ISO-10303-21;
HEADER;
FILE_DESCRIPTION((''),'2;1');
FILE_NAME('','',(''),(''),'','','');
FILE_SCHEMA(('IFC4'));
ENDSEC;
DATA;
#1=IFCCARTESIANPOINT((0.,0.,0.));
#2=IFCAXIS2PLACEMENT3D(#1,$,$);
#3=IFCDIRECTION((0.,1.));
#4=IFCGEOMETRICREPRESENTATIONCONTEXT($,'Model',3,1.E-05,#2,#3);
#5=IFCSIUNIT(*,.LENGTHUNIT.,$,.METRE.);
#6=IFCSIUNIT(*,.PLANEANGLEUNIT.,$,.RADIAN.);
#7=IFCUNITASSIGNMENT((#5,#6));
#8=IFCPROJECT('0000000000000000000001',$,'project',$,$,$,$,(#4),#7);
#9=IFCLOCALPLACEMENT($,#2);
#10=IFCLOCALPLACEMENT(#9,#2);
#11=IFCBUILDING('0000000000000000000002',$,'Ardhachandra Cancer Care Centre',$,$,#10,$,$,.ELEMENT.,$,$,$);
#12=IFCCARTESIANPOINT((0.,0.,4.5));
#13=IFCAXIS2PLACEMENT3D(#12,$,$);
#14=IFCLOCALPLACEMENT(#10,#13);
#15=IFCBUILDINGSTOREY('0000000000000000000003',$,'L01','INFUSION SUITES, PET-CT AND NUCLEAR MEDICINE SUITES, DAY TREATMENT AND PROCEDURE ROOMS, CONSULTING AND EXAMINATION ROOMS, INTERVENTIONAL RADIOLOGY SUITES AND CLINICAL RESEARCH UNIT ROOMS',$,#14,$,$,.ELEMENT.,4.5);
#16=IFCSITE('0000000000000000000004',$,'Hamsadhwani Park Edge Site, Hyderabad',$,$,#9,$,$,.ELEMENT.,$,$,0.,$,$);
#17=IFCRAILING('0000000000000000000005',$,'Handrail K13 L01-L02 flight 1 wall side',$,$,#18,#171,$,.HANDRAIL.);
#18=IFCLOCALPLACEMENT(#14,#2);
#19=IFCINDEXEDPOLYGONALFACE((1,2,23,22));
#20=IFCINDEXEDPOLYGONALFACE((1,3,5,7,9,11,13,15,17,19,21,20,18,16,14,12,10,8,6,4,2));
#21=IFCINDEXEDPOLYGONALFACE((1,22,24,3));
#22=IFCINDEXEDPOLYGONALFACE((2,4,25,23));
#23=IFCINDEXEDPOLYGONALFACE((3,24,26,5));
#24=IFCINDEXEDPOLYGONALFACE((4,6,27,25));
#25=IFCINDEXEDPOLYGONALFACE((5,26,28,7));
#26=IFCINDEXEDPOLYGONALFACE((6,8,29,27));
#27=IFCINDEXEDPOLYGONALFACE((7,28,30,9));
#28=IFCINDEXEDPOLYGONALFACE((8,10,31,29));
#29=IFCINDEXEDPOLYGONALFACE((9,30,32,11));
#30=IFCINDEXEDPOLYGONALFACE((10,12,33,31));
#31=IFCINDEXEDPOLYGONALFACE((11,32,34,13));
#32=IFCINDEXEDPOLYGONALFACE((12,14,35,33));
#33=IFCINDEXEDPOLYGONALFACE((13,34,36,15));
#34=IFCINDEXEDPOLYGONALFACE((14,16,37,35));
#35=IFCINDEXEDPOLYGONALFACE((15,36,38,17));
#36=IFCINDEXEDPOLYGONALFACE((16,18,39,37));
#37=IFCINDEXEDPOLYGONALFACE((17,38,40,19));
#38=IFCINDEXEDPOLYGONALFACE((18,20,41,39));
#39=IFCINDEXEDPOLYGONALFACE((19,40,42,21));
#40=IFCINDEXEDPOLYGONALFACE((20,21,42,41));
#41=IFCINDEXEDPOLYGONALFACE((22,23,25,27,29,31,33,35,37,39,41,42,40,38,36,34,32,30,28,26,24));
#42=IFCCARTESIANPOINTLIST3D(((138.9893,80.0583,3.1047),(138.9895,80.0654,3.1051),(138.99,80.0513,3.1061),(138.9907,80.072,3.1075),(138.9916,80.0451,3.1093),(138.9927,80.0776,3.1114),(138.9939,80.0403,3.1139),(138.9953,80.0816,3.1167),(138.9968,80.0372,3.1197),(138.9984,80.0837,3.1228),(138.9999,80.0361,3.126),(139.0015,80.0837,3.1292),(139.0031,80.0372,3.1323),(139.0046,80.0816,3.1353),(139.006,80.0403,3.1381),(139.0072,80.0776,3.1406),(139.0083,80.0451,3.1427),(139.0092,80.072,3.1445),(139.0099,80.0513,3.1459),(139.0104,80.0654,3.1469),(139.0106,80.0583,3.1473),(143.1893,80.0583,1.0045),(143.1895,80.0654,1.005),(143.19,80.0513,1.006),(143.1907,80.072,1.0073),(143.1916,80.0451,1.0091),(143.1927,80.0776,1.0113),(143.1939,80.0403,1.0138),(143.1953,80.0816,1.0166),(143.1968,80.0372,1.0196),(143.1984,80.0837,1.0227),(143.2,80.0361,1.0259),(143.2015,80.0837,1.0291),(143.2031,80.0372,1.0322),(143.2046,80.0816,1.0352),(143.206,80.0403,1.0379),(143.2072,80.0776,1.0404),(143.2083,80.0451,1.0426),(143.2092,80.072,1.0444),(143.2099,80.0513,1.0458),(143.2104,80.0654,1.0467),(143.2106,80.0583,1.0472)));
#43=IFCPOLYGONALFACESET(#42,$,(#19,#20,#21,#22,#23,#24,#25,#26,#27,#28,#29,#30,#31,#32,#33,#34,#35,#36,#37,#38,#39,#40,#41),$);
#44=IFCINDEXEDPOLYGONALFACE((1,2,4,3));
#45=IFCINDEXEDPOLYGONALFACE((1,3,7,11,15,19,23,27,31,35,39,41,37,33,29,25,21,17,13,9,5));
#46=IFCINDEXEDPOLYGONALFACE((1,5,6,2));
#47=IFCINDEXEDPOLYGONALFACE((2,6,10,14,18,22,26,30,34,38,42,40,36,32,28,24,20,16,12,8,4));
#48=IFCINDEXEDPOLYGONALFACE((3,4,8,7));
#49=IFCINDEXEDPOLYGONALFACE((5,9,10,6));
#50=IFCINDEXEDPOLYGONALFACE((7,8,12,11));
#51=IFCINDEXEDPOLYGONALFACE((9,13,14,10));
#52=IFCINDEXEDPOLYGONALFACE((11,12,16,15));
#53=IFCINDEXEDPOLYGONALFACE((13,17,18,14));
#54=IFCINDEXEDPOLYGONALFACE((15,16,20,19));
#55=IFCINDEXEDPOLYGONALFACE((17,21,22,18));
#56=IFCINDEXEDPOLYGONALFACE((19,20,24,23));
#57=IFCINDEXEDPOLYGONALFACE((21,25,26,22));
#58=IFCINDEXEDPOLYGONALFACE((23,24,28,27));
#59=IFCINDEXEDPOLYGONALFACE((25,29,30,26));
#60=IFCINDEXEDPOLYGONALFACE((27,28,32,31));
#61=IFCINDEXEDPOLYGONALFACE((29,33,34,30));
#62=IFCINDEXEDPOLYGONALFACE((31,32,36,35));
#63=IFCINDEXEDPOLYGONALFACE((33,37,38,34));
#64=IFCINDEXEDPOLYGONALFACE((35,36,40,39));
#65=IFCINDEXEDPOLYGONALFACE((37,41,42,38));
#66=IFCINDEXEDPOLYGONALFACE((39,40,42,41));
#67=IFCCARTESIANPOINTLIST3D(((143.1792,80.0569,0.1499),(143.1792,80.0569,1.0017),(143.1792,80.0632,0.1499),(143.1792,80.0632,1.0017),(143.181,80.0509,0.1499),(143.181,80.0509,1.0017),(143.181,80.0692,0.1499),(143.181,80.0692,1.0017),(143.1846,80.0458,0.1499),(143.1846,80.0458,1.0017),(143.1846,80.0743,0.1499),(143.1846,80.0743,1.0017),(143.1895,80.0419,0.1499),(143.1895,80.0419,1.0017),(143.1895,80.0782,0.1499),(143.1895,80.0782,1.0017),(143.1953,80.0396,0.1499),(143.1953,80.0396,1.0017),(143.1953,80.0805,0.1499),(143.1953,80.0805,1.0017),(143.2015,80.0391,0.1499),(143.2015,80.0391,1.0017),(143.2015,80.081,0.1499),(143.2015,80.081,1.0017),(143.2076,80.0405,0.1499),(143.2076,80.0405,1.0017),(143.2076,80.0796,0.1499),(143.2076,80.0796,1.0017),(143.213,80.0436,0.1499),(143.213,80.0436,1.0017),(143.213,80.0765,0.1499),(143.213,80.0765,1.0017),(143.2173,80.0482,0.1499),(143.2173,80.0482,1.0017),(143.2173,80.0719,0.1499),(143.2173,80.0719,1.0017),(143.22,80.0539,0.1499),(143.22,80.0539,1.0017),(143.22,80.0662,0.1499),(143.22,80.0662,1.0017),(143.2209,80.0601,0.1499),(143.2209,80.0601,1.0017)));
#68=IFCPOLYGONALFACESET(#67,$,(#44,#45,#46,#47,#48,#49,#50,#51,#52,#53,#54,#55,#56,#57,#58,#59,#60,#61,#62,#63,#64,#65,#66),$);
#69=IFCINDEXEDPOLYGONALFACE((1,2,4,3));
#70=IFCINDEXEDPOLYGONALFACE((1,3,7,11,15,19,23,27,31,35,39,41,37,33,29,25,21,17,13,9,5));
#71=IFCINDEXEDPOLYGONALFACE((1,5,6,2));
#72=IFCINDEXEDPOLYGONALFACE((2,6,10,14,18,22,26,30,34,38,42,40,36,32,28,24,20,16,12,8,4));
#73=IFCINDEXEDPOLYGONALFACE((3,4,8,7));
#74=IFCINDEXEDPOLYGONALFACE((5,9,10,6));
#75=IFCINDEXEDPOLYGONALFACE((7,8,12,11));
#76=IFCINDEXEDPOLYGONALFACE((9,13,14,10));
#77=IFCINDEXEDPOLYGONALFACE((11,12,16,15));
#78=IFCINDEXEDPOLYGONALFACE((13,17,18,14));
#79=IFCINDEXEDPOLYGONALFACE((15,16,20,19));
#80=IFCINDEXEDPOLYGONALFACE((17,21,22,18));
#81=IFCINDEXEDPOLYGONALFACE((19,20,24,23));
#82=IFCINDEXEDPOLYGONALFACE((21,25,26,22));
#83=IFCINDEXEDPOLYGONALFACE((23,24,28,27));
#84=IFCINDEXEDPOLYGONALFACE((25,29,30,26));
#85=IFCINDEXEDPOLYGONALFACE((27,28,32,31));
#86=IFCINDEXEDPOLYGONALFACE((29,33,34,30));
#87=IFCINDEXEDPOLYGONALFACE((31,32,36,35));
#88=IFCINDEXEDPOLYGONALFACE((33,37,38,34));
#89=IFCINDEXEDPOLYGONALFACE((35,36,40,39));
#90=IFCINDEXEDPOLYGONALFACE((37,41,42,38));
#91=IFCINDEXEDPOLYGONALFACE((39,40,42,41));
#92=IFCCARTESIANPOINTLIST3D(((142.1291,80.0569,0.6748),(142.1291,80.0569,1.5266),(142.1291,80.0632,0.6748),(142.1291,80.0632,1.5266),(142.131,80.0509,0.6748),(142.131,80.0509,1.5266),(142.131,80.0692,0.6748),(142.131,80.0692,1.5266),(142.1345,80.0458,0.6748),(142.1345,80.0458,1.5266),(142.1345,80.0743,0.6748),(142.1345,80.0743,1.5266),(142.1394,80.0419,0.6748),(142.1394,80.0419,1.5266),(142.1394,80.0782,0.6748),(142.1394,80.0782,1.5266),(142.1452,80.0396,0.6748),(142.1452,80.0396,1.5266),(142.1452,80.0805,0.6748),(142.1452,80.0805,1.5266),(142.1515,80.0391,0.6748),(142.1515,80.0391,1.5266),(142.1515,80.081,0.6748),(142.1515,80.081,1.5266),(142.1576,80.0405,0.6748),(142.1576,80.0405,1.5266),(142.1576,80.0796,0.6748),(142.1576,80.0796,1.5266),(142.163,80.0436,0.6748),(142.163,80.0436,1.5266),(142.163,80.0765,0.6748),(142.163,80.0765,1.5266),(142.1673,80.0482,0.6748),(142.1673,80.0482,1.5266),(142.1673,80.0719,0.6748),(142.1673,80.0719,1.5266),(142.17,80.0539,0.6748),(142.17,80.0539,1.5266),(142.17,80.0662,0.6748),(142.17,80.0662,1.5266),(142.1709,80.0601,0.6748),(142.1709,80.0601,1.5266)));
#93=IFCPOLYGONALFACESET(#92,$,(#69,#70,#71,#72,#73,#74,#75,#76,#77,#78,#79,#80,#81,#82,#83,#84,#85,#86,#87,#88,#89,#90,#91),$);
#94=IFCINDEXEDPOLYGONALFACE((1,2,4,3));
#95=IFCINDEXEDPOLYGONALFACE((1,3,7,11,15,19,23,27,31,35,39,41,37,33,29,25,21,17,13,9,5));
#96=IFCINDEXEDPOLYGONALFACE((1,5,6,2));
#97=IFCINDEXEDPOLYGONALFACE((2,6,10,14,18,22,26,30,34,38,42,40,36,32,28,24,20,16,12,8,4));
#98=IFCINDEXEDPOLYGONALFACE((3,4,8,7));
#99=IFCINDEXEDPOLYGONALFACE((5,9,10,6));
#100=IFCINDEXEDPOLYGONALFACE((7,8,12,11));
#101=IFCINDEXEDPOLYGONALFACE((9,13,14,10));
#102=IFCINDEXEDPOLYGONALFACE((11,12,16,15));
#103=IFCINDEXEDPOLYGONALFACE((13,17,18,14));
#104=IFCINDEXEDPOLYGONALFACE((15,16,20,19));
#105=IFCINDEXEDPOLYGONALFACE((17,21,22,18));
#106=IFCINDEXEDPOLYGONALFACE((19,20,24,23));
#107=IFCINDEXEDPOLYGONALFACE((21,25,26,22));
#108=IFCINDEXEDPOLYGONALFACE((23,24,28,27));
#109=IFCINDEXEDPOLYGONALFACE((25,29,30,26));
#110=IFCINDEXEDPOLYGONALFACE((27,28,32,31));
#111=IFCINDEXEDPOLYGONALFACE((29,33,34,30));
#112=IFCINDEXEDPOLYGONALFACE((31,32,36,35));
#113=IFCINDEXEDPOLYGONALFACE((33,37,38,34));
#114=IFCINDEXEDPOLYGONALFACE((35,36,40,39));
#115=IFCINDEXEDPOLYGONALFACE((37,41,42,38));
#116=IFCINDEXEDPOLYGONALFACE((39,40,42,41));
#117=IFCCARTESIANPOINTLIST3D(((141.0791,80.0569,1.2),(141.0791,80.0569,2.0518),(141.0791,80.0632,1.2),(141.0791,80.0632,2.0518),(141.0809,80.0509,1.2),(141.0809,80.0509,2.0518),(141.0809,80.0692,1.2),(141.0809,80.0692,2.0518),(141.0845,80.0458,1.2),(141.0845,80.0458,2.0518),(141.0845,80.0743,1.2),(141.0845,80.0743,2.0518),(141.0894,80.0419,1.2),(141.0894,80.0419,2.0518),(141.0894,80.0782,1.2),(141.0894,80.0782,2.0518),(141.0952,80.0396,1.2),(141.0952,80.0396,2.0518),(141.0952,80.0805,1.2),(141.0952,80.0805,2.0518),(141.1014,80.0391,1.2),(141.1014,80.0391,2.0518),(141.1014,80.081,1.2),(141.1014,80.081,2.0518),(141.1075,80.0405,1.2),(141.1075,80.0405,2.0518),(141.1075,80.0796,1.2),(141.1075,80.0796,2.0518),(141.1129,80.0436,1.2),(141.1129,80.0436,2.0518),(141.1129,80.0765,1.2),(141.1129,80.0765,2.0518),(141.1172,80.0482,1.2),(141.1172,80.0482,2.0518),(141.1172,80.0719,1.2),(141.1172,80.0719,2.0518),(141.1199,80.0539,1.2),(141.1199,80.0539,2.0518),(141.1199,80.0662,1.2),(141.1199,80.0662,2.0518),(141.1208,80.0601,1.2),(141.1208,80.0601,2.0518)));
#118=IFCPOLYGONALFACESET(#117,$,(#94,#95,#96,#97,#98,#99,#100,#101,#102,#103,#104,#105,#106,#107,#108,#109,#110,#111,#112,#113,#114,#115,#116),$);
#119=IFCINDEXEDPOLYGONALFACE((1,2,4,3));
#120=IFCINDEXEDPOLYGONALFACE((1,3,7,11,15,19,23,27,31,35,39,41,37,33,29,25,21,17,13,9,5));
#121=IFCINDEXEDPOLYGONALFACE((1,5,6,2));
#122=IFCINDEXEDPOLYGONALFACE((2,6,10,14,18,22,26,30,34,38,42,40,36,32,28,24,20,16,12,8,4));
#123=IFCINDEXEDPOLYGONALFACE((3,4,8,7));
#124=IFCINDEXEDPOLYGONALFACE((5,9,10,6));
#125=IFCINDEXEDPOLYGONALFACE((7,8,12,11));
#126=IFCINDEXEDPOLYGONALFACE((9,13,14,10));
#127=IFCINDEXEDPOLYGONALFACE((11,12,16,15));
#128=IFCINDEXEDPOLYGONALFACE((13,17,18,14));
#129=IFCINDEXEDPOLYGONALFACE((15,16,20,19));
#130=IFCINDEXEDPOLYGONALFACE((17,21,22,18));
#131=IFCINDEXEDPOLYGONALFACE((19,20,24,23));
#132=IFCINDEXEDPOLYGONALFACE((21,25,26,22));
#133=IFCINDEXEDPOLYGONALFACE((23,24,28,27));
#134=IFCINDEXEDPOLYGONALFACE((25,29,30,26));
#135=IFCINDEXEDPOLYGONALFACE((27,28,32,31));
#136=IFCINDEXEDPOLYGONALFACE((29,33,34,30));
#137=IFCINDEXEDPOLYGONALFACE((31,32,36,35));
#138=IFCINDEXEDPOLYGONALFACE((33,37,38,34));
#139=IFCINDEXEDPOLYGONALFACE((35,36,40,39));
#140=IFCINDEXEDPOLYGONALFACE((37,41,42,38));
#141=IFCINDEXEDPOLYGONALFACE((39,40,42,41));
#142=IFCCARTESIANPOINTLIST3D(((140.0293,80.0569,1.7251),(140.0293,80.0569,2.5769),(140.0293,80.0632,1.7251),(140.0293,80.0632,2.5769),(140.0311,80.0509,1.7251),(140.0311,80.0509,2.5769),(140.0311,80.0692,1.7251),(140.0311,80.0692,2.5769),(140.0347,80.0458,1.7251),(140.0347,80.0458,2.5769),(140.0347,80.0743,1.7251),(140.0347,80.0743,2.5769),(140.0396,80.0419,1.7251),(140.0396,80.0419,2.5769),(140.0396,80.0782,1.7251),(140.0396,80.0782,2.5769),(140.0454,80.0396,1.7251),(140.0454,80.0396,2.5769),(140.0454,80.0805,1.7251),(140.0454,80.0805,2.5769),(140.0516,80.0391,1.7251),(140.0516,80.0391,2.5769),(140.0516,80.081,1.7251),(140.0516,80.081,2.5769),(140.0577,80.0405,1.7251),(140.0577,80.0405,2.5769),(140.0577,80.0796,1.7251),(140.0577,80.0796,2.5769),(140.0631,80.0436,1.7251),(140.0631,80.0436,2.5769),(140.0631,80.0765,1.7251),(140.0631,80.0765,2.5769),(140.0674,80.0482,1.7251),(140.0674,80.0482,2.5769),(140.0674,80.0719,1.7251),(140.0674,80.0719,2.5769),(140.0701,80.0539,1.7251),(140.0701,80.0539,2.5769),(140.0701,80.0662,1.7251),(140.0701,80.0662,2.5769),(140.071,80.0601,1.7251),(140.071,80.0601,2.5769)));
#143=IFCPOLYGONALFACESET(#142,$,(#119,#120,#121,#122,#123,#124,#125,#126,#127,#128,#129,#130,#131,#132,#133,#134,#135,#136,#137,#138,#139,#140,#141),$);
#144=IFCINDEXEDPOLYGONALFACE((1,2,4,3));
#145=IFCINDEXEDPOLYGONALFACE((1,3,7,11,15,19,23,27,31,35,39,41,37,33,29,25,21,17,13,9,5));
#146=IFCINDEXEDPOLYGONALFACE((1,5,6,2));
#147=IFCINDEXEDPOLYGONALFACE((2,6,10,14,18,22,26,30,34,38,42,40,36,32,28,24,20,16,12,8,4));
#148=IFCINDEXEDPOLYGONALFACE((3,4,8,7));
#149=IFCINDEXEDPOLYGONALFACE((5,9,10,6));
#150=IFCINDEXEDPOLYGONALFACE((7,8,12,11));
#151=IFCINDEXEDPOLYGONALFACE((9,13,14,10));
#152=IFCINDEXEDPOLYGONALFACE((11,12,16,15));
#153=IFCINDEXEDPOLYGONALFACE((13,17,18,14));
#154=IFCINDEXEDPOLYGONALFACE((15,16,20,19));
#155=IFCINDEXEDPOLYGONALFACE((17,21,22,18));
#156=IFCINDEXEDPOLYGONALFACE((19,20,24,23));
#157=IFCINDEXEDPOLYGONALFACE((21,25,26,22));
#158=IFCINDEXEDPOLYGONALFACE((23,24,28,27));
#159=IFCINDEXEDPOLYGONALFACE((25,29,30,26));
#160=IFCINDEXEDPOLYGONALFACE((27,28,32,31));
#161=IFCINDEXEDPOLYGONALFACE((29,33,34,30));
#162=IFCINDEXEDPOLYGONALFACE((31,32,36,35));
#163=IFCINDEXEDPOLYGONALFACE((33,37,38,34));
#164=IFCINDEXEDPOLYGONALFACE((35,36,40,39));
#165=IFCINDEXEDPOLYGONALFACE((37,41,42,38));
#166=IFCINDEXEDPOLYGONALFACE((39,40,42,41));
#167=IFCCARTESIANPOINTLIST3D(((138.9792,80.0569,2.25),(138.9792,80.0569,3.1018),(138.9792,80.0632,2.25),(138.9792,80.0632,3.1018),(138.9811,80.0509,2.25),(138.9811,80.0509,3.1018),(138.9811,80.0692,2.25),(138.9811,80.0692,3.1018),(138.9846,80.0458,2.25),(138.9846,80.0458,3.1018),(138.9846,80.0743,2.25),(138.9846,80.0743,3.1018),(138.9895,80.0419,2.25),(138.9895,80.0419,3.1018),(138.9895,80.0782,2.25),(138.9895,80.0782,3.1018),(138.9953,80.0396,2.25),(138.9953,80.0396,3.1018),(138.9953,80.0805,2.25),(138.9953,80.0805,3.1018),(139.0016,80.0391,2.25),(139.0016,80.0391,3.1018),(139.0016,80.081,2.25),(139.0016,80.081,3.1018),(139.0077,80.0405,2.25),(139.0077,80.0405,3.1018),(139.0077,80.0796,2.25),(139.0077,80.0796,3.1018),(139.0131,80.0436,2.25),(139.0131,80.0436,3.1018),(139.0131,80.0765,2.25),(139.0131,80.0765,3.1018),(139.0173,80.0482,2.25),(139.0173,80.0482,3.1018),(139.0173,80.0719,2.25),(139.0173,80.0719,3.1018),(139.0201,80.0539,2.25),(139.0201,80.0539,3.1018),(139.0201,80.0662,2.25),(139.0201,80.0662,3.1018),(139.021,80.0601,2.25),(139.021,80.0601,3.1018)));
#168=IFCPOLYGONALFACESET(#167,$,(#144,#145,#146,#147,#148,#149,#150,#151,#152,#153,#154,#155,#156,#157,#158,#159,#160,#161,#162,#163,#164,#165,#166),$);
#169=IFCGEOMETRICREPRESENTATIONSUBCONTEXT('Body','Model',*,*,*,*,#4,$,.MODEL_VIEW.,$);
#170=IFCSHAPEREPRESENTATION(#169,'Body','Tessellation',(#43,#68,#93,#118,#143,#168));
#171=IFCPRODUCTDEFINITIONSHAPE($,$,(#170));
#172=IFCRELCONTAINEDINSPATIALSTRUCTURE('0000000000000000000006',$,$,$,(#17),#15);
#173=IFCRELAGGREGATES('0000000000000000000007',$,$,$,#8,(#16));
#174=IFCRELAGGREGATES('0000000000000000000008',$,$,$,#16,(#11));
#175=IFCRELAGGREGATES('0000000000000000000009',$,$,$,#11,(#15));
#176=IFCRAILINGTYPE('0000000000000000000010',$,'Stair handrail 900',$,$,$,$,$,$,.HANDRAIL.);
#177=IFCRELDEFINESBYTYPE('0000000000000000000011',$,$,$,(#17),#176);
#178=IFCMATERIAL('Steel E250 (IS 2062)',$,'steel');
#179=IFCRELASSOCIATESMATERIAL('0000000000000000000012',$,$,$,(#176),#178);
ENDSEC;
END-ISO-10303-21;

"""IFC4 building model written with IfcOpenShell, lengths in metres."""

from ifc_helpers import new_model, si_unit, direction, frame, origin, origin_2d, place, context, subcontext, project, spatial, circle, extrude, material, type_object, element, save


model = new_model("IFC4")

# Units and contexts
model_context = context("Model", 3, precision=1e-05, world=origin(), true_north=direction((0.0, 1.0)))
body_context = subcontext(model_context, "Body", "Model", "MODEL_VIEW")
ifc_project = project(units=[si_unit("LENGTHUNIT", "METRE"), si_unit("PLANEANGLEUNIT", "RADIAN")], contexts=[model_context])

# Site, building, storey
site_placement = place(None, origin())
site = spatial("IfcSite", under=ifc_project, at=site_placement, Name="Hamsadhwani Park Edge Site, Hyderabad", CompositionType="ELEMENT", RefElevation=0.0)
building_placement = place(site_placement, origin())
building = spatial("IfcBuilding", under=site, at=building_placement, Name="Ardhachandra Cancer Care Centre", CompositionType="ELEMENT")
storey_placement = place(building_placement, frame((0.0, 0.0, 4.5)))
storey = spatial("IfcBuildingStorey", under=building, at=storey_placement, Name="L01", Description="INFUSION SUITES, PET-CT AND NUCLEAR MEDICINE SUITES, DAY TREATMENT AND PROCEDURE ROOMS, CONSULTING AND EXAMINATION ROOMS, INTERVENTIONAL RADIOLOGY SUITES AND CLINICAL RESEARCH UNIT ROOMS", CompositionType="ELEMENT", Elevation=4.5)

# Railing
ifc_material_1 = material(Name="Steel E250 (IS 2062)", Category="steel")
railing_type_1 = type_object("IfcRailingType", Name="Stair handrail 900", PredefinedType="HANDRAIL", material=ifc_material_1)
for number, where, name in (
    (1, (143.2, 80.0601, 0.1499), "Handrail K13 L01-L02 flight 1 wall side"),
):
    element("IfcRailing", number, at=place(storey_placement, frame(where)), inside=storey, type_object=railing_type_1, Name=name, PredefinedType="HANDRAIL", context=body_context, shape_type="SweptSolid", body=[
        extrude(circle(Radius=0.0239, at=origin_2d()), frame((0.0, 0.0, 0.876), z_axis=(-0.894417, 0.0, 0.447234), x_axis=(0.0, -1.0, 0.0)), (0.0, 0.0, 1.0), 4.6958),
        extrude(circle(Radius=0.021, at=origin_2d()), origin(), (0.0, 0.0, 1.0), 0.8518),
        extrude(circle(Radius=0.021, at=origin_2d()), frame((-1.05, 0.0, 0.5249)), (0.0, 0.0, 1.0), 0.8518),
        extrude(circle(Radius=0.021, at=origin_2d()), frame((-2.1001, 0.0, 1.05)), (0.0, 0.0, 1.0), 0.8518),
        extrude(circle(Radius=0.021, at=origin_2d()), frame((-3.1499, 0.0, 1.5752)), (0.0, 0.0, 1.0), 0.8518),
        extrude(circle(Radius=0.021, at=origin_2d()), frame((-4.2, 0.0, 2.1001)), (0.0, 0.0, 1.0), 0.8518),
    ])

save(model, "model.ifc")
